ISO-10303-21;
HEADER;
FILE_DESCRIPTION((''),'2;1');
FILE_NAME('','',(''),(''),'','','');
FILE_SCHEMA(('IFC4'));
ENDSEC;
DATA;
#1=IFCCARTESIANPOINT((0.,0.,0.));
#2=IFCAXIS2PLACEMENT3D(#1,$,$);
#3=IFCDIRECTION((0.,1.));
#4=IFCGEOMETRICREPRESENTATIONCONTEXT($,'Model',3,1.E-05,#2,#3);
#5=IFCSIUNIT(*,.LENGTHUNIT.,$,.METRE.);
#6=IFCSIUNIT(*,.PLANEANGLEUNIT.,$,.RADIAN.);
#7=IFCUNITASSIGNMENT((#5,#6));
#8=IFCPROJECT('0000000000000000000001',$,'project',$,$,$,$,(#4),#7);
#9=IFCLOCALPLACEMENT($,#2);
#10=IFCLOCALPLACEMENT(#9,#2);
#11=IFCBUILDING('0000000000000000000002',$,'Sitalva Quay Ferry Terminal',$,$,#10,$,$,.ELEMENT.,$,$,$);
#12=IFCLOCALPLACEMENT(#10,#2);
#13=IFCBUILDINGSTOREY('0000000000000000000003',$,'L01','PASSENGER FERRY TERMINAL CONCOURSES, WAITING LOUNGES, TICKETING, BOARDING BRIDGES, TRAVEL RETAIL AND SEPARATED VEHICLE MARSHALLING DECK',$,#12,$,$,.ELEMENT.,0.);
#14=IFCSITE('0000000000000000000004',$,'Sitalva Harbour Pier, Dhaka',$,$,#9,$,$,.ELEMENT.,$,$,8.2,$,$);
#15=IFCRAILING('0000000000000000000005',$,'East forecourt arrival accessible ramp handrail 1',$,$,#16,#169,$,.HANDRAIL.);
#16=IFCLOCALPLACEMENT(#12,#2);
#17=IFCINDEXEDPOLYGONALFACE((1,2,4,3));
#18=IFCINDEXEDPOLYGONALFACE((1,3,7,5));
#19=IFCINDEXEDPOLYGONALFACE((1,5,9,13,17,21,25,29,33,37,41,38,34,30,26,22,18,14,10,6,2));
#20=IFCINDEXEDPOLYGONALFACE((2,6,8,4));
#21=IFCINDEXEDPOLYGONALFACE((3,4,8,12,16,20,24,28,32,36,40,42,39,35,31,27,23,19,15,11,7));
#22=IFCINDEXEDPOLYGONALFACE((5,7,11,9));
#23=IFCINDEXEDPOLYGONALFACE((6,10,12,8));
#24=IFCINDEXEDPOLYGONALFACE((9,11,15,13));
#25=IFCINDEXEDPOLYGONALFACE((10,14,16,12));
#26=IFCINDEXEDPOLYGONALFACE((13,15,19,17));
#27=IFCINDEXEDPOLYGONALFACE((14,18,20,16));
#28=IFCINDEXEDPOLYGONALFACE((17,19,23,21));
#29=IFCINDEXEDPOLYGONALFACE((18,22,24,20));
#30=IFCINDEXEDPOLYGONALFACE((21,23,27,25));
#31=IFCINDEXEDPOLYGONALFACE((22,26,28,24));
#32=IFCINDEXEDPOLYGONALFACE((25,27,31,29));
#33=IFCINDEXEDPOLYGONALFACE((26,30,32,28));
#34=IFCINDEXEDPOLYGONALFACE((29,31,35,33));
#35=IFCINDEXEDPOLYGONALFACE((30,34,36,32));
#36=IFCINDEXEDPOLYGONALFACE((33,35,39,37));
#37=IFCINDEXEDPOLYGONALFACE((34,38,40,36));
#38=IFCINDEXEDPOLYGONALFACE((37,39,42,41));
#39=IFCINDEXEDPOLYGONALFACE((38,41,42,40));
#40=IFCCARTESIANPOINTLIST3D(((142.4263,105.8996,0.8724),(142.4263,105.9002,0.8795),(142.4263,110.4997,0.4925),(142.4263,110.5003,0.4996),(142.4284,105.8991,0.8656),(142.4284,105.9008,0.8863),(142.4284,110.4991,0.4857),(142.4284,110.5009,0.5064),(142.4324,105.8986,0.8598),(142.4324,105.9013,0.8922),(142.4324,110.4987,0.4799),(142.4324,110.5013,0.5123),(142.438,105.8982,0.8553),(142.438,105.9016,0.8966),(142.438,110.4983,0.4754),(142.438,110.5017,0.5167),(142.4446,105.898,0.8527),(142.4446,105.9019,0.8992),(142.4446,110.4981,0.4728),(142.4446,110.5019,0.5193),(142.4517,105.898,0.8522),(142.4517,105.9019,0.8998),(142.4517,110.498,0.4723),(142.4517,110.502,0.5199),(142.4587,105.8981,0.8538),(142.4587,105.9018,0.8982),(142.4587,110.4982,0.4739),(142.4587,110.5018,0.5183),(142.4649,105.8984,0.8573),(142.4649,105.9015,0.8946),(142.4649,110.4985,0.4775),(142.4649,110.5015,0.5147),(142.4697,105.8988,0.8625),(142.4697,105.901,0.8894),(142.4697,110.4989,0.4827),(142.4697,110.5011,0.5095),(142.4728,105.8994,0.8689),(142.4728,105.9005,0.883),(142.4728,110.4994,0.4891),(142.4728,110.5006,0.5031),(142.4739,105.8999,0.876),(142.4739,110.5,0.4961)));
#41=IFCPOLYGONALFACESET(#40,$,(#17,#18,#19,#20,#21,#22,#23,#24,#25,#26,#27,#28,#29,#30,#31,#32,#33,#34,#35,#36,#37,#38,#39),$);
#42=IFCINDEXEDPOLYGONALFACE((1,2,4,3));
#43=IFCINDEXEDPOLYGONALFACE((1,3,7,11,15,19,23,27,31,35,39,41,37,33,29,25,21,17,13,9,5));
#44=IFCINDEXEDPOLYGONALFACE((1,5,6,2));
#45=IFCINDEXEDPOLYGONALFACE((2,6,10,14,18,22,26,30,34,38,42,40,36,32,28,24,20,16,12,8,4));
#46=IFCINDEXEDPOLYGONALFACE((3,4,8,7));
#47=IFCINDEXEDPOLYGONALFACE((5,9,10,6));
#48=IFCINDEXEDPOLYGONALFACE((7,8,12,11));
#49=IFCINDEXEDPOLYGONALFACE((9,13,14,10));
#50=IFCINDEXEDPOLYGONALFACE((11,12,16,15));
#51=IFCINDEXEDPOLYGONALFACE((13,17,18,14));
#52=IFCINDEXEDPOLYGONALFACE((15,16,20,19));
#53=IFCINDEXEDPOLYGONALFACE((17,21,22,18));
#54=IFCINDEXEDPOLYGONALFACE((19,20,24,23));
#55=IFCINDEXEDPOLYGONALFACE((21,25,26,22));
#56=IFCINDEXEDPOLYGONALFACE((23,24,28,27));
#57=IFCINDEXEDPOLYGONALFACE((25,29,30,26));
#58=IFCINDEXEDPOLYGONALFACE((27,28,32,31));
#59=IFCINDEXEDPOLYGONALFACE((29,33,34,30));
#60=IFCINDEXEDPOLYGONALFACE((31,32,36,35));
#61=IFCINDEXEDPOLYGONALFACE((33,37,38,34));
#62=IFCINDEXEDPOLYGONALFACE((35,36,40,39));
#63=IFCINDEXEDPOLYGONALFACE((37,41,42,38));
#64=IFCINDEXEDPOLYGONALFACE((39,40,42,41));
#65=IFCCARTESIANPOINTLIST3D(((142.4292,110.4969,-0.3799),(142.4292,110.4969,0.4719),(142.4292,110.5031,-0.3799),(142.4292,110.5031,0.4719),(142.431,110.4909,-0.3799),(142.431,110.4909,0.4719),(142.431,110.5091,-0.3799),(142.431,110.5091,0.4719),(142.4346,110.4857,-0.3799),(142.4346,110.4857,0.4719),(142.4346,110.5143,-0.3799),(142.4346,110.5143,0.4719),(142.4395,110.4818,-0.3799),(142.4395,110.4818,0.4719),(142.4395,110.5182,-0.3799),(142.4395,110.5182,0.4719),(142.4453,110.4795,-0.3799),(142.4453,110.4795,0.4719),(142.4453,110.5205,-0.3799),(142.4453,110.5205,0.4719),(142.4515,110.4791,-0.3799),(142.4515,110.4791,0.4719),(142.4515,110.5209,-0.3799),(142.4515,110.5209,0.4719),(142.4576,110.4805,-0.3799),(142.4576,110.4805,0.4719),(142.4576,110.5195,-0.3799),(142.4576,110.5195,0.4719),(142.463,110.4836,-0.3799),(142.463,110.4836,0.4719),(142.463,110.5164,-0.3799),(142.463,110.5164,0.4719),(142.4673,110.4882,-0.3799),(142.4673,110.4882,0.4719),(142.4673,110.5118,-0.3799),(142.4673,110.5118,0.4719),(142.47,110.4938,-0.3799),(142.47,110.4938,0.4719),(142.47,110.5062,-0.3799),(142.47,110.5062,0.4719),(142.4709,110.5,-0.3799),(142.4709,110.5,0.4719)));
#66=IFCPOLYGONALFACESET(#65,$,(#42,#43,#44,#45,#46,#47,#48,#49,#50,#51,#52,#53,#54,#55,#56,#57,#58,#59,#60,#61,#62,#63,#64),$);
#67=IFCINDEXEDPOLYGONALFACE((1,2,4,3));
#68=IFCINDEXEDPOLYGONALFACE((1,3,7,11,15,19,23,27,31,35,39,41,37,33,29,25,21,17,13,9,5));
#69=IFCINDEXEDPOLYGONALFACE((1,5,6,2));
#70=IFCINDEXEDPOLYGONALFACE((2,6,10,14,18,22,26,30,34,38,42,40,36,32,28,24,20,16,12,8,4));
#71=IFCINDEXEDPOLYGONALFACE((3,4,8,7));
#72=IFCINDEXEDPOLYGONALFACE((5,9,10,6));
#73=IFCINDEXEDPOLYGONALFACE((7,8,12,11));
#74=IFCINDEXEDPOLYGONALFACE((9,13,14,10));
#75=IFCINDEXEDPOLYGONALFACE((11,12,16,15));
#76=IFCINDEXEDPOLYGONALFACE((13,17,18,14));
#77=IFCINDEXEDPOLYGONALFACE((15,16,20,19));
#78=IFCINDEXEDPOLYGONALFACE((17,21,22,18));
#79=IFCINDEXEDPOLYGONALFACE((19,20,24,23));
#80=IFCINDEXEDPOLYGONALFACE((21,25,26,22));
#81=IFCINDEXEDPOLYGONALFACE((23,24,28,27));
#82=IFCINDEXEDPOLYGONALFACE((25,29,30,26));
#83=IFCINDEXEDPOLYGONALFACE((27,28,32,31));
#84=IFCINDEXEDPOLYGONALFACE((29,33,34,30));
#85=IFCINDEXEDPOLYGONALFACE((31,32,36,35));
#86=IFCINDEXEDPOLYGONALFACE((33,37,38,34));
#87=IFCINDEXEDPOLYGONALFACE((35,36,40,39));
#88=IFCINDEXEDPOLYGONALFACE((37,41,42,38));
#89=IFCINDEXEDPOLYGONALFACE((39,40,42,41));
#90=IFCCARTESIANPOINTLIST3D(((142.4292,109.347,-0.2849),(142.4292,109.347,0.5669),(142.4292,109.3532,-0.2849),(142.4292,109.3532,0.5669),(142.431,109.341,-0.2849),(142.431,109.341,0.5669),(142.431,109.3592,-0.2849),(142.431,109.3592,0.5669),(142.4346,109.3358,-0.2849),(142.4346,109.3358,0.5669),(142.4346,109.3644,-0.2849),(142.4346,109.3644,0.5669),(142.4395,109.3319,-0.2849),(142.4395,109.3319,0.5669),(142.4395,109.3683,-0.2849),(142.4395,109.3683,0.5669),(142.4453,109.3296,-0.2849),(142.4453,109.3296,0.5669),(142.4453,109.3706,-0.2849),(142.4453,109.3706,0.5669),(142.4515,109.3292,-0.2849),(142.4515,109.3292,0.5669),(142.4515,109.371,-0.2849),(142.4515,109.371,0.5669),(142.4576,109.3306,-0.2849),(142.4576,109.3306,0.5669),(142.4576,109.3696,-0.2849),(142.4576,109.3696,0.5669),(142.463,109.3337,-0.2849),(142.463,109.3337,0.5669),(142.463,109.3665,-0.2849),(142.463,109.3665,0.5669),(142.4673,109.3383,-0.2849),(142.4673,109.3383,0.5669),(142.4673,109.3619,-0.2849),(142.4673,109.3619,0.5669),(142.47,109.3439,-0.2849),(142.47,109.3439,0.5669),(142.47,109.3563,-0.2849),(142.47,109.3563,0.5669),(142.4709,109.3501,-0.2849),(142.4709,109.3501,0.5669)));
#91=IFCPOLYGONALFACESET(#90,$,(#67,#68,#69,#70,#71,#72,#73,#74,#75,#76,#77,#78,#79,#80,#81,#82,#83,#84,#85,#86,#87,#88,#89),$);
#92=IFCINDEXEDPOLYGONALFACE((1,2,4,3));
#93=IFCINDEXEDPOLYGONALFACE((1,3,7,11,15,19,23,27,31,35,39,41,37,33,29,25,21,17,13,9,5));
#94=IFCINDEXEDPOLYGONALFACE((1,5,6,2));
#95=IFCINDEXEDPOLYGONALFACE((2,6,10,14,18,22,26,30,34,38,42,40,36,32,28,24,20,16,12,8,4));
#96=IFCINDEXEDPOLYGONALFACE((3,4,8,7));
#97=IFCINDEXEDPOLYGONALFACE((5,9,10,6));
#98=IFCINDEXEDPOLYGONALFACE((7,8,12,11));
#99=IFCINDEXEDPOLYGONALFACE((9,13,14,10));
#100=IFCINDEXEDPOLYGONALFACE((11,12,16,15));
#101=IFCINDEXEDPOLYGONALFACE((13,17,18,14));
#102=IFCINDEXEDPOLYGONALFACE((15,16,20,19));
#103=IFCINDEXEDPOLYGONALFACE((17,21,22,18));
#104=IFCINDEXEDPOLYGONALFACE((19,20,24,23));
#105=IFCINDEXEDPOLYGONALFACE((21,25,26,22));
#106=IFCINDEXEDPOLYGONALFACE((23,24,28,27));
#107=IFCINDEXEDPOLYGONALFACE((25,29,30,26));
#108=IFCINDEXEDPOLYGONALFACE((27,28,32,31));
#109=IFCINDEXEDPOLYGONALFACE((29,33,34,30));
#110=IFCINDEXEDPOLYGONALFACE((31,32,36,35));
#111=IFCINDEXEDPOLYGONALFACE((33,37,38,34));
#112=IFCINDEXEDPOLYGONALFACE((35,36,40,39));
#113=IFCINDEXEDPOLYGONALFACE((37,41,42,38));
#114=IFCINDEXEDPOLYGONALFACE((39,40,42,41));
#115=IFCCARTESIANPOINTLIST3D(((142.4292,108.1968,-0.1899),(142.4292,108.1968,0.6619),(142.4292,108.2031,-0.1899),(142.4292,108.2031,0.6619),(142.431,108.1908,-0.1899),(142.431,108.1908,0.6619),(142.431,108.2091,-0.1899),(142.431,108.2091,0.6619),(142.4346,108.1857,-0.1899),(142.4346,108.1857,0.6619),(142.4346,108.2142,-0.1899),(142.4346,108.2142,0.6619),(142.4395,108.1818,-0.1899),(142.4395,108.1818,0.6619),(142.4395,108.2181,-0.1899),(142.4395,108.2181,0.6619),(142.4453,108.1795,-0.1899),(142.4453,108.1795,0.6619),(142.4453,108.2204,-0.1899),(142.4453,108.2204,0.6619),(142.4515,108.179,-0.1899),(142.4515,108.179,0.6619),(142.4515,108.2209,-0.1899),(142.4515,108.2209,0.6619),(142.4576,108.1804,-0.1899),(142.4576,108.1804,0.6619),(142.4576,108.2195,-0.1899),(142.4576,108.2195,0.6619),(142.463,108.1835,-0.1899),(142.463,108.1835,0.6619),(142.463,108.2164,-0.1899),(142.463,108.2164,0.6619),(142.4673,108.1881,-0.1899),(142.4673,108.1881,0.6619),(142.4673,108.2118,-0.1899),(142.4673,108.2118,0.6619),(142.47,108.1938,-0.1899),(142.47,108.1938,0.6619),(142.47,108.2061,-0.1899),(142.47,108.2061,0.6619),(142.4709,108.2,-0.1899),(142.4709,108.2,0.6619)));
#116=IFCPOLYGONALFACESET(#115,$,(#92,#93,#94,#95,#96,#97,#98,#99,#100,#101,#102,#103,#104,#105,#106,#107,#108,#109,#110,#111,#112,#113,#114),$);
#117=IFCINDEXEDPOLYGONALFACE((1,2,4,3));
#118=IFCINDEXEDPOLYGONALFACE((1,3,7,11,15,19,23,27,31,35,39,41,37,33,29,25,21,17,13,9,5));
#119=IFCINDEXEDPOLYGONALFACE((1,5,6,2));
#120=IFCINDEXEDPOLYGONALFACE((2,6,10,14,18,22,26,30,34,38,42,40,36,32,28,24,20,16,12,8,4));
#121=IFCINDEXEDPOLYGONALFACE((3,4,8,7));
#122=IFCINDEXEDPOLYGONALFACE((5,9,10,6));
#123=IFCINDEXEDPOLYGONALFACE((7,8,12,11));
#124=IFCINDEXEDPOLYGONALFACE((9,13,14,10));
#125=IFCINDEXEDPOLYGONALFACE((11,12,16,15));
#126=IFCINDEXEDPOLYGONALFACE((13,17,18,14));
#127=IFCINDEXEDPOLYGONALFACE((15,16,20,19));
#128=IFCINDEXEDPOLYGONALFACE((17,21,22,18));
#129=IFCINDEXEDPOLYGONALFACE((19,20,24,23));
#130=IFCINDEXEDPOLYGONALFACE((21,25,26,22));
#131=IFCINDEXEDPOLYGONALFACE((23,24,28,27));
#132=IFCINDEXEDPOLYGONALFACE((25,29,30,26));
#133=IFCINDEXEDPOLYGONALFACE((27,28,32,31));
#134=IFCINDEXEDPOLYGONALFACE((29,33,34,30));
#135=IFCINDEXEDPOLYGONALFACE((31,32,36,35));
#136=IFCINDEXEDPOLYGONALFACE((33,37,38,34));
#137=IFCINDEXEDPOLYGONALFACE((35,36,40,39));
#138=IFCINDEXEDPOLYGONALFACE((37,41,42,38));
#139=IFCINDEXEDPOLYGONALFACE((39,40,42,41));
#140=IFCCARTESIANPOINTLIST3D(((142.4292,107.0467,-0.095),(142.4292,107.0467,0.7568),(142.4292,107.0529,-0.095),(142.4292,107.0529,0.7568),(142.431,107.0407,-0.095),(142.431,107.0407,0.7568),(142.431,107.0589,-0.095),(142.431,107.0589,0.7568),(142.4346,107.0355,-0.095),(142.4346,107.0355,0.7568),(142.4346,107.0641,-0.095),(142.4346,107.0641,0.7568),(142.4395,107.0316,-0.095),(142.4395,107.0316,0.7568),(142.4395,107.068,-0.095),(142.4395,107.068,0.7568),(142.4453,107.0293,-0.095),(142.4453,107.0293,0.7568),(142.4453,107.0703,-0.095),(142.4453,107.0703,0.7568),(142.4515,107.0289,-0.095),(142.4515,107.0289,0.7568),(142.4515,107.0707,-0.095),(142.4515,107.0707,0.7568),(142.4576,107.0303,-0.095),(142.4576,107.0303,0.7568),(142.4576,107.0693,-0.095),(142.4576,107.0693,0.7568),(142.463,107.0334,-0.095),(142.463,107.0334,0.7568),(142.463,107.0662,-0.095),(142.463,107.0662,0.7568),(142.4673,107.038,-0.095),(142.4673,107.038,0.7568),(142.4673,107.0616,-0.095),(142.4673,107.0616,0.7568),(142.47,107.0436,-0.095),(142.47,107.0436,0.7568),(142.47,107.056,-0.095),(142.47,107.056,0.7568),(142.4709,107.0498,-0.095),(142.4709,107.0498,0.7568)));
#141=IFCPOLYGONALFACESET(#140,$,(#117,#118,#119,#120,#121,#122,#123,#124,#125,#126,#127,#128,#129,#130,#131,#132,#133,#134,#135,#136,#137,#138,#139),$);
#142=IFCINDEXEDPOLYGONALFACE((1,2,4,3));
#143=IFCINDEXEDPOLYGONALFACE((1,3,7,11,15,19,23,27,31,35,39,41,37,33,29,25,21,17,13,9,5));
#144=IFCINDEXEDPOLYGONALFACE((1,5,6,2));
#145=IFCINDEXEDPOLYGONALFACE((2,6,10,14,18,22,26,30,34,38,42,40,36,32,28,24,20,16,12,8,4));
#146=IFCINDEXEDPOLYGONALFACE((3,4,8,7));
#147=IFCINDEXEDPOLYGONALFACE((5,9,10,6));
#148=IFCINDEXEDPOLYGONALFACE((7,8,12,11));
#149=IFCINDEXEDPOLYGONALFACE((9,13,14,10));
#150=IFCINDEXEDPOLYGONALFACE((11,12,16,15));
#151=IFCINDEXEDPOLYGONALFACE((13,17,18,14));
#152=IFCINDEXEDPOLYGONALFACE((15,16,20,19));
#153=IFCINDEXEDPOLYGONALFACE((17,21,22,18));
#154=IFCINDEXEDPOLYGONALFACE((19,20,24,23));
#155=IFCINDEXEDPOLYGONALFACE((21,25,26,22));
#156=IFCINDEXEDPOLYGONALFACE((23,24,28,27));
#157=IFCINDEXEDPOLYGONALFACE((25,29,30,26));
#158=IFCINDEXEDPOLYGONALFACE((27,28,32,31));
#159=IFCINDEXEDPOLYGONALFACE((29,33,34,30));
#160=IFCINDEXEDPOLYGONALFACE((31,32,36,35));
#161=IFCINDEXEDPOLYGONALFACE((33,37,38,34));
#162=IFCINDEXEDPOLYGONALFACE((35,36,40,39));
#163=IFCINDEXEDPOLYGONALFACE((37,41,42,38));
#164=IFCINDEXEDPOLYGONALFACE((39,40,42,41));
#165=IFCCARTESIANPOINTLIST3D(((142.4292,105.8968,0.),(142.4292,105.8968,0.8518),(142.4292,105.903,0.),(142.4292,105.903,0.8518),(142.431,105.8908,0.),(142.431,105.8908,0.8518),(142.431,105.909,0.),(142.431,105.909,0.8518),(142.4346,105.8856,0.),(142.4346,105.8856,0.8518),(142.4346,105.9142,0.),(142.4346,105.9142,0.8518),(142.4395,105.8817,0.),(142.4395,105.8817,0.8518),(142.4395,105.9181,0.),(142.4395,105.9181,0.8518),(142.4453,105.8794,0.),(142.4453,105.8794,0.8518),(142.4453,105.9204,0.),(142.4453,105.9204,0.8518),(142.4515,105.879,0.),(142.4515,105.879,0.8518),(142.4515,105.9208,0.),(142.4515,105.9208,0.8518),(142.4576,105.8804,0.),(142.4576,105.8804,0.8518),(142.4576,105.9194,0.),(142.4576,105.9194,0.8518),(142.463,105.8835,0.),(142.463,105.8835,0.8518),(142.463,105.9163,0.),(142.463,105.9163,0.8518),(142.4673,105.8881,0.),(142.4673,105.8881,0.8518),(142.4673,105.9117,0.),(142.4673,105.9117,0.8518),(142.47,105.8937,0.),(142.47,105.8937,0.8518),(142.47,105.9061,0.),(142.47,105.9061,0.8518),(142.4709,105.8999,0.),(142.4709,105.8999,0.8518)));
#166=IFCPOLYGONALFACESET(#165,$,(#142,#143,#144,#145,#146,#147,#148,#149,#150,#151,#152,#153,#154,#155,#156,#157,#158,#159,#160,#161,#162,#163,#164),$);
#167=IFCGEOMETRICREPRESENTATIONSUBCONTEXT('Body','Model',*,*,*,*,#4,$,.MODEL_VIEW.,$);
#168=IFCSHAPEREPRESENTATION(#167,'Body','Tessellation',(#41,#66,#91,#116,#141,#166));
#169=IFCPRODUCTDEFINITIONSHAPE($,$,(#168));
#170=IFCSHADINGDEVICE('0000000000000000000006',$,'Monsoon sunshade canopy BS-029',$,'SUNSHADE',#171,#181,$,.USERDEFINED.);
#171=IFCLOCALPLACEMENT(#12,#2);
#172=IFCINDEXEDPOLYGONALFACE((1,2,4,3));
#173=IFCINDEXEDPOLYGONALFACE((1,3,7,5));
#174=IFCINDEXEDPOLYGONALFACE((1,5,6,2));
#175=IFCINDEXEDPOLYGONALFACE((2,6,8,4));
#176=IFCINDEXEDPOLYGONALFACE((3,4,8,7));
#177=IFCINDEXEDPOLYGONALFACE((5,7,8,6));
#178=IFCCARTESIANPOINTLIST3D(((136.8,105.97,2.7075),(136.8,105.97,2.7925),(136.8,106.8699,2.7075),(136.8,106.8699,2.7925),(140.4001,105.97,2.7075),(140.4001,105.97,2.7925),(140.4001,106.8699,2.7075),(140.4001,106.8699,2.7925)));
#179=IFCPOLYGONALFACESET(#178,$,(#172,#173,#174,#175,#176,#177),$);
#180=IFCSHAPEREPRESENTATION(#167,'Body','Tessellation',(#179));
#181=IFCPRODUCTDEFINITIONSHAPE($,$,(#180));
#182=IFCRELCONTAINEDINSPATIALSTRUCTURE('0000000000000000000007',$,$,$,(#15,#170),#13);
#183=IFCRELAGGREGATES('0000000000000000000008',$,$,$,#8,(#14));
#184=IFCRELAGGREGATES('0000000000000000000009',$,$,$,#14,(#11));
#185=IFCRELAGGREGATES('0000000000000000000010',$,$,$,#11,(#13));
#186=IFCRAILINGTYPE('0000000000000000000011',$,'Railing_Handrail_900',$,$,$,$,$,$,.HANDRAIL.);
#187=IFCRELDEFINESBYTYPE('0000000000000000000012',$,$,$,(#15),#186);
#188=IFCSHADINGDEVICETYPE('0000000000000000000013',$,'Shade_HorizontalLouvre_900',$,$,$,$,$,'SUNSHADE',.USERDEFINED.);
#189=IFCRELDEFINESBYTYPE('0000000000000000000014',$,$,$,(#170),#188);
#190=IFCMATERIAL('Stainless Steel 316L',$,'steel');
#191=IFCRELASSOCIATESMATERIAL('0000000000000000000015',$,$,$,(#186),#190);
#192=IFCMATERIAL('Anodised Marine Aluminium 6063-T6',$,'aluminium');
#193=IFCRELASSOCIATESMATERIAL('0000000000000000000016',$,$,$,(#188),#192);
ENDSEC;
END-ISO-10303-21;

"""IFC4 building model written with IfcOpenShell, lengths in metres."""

from ifc_helpers import new_model, si_unit, direction, frame, origin, origin_2d, place, context, subcontext, project, spatial, rectangle, circle, extrude, material, type_object, element, save


model = new_model("IFC4")

# Units and contexts
model_context = context("Model", 3, precision=1e-05, world=origin(), true_north=direction((0.0, 1.0)))
body_context = subcontext(model_context, "Body", "Model", "MODEL_VIEW")
ifc_project = project(units=[si_unit("LENGTHUNIT", "METRE"), si_unit("PLANEANGLEUNIT", "RADIAN")], contexts=[model_context])

# Site, building, storey
site_placement = place(None, origin())
site = spatial("IfcSite", under=ifc_project, at=site_placement, Name="Sitalva Harbour Pier, Dhaka", CompositionType="ELEMENT", RefElevation=8.2)
building_placement = place(site_placement, origin())
building = spatial("IfcBuilding", under=site, at=building_placement, Name="Sitalva Quay Ferry Terminal", CompositionType="ELEMENT")
storey_placement = place(building_placement, origin())
storey = spatial("IfcBuildingStorey", under=building, at=storey_placement, Name="L01", Description="PASSENGER FERRY TERMINAL CONCOURSES, WAITING LOUNGES, TICKETING, BOARDING BRIDGES, TRAVEL RETAIL AND SEPARATED VEHICLE MARSHALLING DECK", CompositionType="ELEMENT", Elevation=0.0)

# Railing
ifc_material_1 = material(Name="Stainless Steel 316L", Category="steel")
railing_type = type_object("IfcRailingType", Name="Railing_Handrail_900", PredefinedType="HANDRAIL", material=ifc_material_1)
for number, where, name in (
    (1, (142.45, 110.5, -0.3799), "East forecourt arrival accessible ramp handrail 1"),
):
    element("IfcRailing", number, at=place(storey_placement, frame(where)), inside=storey, type_object=railing_type, Name=name, PredefinedType="HANDRAIL", context=body_context, shape_type="SweptSolid", body=[
        extrude(circle(Radius=0.0239, at=origin_2d()), frame((0.0, 0.0, 0.876), z_axis=(0.0, -0.996607, 0.082301), x_axis=(1.0, 0.0, 0.0)), (0.0, 0.0, 1.0), 4.6157),
        extrude(circle(Radius=0.021, at=origin_2d()), origin(), (0.0, 0.0, 1.0), 0.8518),
        extrude(circle(Radius=0.021, at=origin_2d()), frame((0.0, -1.1499, 0.095)), (0.0, 0.0, 1.0), 0.8518),
        extrude(circle(Radius=0.021, at=origin_2d()), frame((0.0, -2.3, 0.1899)), (0.0, 0.0, 1.0), 0.8518),
        extrude(circle(Radius=0.021, at=origin_2d()), frame((0.0, -3.4502, 0.2849)), (0.0, 0.0, 1.0), 0.8518),
        extrude(circle(Radius=0.021, at=origin_2d()), frame((0.0, -4.6001, 0.3799)), (0.0, 0.0, 1.0), 0.8518),
    ])

# Shading device
ifc_material_2 = material(Name="Anodised Marine Aluminium 6063-T6", Category="aluminium")
shading_device_type = type_object("IfcShadingDeviceType", Name="Shade_HorizontalLouvre_900", ElementType="SUNSHADE", PredefinedType="USERDEFINED", material=ifc_material_2)
shading_device_placement = place(storey_placement, frame((138.6001, 106.4199, 2.7075), z_axis=(0.0, 0.0, 1.0), x_axis=(1.0, 0.0, 0.0)))
element("IfcShadingDevice", 2, at=shading_device_placement, inside=storey, type_object=shading_device_type, Name="Monsoon sunshade canopy BS-029", ObjectType="SUNSHADE", PredefinedType="USERDEFINED", context=body_context, shape_type="SweptSolid", body=[
    extrude(rectangle(XDim=3.6001, YDim=0.8999, at=origin_2d()), origin(), (0.0, 0.0, 1.0), 0.085),
])

save(model, "model.ifc")
